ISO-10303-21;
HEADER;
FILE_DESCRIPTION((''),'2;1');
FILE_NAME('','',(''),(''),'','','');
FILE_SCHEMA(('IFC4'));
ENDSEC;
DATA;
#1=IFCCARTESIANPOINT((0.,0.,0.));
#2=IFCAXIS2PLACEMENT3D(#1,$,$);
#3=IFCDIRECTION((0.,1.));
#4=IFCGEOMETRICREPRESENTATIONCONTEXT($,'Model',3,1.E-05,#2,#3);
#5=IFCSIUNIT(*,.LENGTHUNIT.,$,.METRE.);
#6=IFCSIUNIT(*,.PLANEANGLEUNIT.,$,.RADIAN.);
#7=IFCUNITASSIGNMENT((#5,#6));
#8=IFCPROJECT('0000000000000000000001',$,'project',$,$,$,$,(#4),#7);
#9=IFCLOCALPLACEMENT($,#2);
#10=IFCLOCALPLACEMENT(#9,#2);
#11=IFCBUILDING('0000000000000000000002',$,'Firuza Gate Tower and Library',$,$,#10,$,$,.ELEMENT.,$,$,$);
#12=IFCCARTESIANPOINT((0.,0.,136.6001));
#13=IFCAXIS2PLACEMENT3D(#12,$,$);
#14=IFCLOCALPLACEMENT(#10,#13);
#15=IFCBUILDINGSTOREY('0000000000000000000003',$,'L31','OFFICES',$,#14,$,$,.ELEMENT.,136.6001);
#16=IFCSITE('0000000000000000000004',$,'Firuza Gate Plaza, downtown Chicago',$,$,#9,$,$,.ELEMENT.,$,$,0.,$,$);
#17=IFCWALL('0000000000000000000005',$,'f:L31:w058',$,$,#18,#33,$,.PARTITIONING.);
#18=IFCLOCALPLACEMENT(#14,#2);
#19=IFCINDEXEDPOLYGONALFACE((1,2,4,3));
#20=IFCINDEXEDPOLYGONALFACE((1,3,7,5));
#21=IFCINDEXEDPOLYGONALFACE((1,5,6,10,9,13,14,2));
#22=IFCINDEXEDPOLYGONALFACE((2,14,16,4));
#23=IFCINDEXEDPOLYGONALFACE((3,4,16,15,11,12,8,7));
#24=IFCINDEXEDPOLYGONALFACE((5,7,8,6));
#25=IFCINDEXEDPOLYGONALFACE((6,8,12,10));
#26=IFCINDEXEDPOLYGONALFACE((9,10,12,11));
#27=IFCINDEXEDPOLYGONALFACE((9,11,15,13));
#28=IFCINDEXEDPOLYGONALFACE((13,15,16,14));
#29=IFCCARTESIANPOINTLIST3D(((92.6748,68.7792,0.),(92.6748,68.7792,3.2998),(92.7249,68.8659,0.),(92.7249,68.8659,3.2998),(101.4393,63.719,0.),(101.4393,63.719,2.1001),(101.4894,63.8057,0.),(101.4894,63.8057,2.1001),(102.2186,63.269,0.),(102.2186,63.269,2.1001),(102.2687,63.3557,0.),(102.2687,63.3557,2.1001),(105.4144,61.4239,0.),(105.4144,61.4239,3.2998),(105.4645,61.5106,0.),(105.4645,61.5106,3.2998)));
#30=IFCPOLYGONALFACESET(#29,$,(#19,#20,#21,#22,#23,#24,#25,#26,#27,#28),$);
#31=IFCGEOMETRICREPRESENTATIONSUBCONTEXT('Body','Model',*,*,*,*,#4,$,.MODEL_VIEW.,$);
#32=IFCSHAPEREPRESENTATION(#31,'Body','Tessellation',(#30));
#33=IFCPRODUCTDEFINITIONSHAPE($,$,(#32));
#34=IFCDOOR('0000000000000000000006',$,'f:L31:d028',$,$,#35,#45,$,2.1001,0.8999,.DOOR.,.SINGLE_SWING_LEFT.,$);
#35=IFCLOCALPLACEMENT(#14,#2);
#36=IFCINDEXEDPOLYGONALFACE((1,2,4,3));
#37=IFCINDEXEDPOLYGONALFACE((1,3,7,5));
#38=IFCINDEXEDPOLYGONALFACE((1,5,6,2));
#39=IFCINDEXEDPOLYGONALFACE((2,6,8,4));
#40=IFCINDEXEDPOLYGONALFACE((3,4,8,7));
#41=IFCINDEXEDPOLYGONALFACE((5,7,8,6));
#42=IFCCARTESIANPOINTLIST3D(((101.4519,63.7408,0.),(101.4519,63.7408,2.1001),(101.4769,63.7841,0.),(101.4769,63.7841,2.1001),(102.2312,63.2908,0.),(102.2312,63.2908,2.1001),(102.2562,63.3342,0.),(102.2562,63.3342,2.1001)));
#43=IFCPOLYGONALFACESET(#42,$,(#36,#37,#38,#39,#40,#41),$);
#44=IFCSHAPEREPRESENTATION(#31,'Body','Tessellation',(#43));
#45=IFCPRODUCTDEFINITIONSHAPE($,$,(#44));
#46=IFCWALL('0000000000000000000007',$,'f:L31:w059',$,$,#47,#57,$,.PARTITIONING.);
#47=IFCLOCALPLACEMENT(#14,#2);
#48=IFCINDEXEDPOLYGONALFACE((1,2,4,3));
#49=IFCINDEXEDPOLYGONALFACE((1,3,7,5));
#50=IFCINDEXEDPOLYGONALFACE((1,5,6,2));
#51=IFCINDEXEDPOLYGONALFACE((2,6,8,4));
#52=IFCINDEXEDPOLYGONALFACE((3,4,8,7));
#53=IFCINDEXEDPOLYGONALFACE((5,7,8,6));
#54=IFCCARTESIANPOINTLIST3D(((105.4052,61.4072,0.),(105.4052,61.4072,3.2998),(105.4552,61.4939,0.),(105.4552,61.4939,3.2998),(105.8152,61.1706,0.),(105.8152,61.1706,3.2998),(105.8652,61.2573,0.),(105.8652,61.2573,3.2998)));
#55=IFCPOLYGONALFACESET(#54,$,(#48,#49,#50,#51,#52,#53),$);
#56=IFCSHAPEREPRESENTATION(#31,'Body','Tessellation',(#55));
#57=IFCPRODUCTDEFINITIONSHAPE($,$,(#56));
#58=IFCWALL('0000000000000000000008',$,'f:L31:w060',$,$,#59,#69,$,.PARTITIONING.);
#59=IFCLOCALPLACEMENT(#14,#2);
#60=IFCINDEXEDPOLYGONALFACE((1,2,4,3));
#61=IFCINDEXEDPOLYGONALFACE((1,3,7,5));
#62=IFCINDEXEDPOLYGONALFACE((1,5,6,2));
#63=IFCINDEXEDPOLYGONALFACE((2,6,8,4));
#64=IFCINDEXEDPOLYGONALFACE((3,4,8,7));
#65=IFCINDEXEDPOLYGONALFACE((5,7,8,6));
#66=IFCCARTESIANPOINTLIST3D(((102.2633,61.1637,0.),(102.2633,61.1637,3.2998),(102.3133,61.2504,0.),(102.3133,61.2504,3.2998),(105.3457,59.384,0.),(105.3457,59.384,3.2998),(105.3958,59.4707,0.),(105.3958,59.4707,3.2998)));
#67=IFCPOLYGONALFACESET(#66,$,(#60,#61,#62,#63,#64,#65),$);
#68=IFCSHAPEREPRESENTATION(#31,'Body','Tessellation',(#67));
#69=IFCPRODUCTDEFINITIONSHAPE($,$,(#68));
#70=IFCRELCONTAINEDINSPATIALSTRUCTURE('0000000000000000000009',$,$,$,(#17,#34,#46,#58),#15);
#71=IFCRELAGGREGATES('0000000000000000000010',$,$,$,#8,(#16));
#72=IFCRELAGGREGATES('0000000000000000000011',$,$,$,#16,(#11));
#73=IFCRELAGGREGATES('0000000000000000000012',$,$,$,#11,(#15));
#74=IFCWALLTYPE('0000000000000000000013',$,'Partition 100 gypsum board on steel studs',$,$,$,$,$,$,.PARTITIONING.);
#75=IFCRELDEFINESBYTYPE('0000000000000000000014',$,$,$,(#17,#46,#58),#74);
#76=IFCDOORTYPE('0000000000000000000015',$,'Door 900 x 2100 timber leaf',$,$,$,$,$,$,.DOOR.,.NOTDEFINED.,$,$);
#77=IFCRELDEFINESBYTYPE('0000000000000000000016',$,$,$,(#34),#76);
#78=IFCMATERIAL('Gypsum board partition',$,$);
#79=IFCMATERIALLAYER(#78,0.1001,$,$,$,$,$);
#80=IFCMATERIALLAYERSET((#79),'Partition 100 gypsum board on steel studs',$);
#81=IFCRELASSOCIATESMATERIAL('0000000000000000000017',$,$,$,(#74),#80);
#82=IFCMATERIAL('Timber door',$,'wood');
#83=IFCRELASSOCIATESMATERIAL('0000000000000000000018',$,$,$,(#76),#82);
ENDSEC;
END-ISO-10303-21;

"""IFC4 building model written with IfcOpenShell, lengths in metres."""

from ifc_helpers import new_model, si_unit, direction, frame, frame_2d, origin, place, context, subcontext, project, spatial, rectangle, extrude, material, layer, layer_set, type_object, element, fill, save


model = new_model("IFC4")

# Units and contexts
model_context = context("Model", 3, precision=1e-05, world=origin(), true_north=direction((0.0, 1.0)))
body_context = subcontext(model_context, "Body", "Model", "MODEL_VIEW")
ifc_project = project(units=[si_unit("LENGTHUNIT", "METRE"), si_unit("PLANEANGLEUNIT", "RADIAN")], contexts=[model_context])

# Site, building, storey
site_placement = place(None, origin())
site = spatial("IfcSite", under=ifc_project, at=site_placement, Name="Firuza Gate Plaza, downtown Chicago", CompositionType="ELEMENT", RefElevation=0.0)
building_placement = place(site_placement, origin())
building = spatial("IfcBuilding", under=site, at=building_placement, Name="Firuza Gate Tower and Library", CompositionType="ELEMENT")
storey_placement = place(building_placement, frame((0.0, 0.0, 136.6001)))
storey = spatial("IfcBuildingStorey", under=building, at=storey_placement, Name="L31", Description="OFFICES", CompositionType="ELEMENT", Elevation=136.6001)

# Shared definitions
ifc_material_1 = material(Name="Gypsum board partition")
ifc_layer_1 = layer(ifc_material_1, 0.1001)
ifc_layer_set_1 = layer_set([ifc_layer_1], Name="Partition 100 gypsum board on steel studs")
wall_type_1 = type_object("IfcWallType", Name="Partition 100 gypsum board on steel studs", PredefinedType="PARTITIONING", material=ifc_layer_set_1)

# Wall, opening, door
wall_1_placement = place(storey_placement, frame((105.4395, 61.4673, 0.0), z_axis=(0.0, 0.0, 1.0), x_axis=(-0.866023, 0.500004, 0.0)))
wall_1 = element("IfcWall", 1, at=wall_1_placement, inside=storey, type_object=wall_type_1, Name="f:L31:w058", PredefinedType="PARTITIONING", context=body_context, shape_type="SweptSolid", body=[
    extrude(rectangle(XDim=14.7104, YDim=0.1001, at=frame_2d((7.3552, 0.0))), origin(), (0.0, 0.0, 1.0), 3.2998),
])
opening_placement = place(wall_1_placement, frame((3.6902, 0.0, 0.0)))
opening = element("IfcOpeningElement", 2, at=opening_placement, cuts=wall_1, PredefinedType="OPENING", context=body_context, shape_type="SweptSolid", body=[
    extrude(rectangle(XDim=0.8999, YDim=2.1001, at=frame_2d((0.45, 1.05))), frame((0.0, 0.0601, 0.0), z_axis=(0.0, -1.0, 0.0), x_axis=(1.0, 0.0, 0.0)), (0.0, 0.0, 1.0), 0.1201),
])
ifc_material_2 = material(Name="Timber door", Category="wood")
door_type = type_object("IfcDoorType", Name="Door 900 x 2100 timber leaf", OperationType="NOTDEFINED", PredefinedType="DOOR", material=ifc_material_2)
door_placement = place(opening_placement, origin())
door = element("IfcDoor", 3, at=door_placement, inside=storey, type_object=door_type, Name="f:L31:d028", OperationType="SINGLE_SWING_LEFT", OverallHeight=2.1001, OverallWidth=0.8999, PredefinedType="DOOR", context=body_context, shape_type="SweptSolid", body=[
    extrude(rectangle(XDim=0.8999, YDim=2.1001, at=frame_2d((0.45, 1.05))), frame((0.0, 0.0249, 0.0), z_axis=(0.0, -1.0, 0.0), x_axis=(1.0, 0.0, 0.0)), (0.0, 0.0, 1.0), 0.05),
])
fill(opening, door)

# Walls
wall_2_placement = place(storey_placement, frame((105.8403, 61.2139, 0.0), z_axis=(0.0, 0.0, 1.0), x_axis=(-0.866108, 0.499856, 0.0)))
element("IfcWall", 4, at=wall_2_placement, inside=storey, type_object=wall_type_1, Name="f:L31:w059", PredefinedType="PARTITIONING", context=body_context, shape_type="SweptSolid", body=[
    extrude(rectangle(XDim=0.4734, YDim=0.1001, at=frame_2d((0.2368, 0.0))), origin(), (0.0, 0.0, 1.0), 3.2998),
])
wall_3_placement = place(storey_placement, frame((105.3708, 59.4272, 0.0), z_axis=(0.0, 0.0, 1.0), x_axis=(-0.866014, 0.500019, 0.0)))
element("IfcWall", 5, at=wall_3_placement, inside=storey, type_object=wall_type_1, Name="f:L31:w060", PredefinedType="PARTITIONING", context=body_context, shape_type="SweptSolid", body=[
    extrude(rectangle(XDim=3.5593, YDim=0.1001, at=frame_2d((1.7798, 0.0))), origin(), (0.0, 0.0, 1.0), 3.2998),
])

save(model, "model.ifc")
